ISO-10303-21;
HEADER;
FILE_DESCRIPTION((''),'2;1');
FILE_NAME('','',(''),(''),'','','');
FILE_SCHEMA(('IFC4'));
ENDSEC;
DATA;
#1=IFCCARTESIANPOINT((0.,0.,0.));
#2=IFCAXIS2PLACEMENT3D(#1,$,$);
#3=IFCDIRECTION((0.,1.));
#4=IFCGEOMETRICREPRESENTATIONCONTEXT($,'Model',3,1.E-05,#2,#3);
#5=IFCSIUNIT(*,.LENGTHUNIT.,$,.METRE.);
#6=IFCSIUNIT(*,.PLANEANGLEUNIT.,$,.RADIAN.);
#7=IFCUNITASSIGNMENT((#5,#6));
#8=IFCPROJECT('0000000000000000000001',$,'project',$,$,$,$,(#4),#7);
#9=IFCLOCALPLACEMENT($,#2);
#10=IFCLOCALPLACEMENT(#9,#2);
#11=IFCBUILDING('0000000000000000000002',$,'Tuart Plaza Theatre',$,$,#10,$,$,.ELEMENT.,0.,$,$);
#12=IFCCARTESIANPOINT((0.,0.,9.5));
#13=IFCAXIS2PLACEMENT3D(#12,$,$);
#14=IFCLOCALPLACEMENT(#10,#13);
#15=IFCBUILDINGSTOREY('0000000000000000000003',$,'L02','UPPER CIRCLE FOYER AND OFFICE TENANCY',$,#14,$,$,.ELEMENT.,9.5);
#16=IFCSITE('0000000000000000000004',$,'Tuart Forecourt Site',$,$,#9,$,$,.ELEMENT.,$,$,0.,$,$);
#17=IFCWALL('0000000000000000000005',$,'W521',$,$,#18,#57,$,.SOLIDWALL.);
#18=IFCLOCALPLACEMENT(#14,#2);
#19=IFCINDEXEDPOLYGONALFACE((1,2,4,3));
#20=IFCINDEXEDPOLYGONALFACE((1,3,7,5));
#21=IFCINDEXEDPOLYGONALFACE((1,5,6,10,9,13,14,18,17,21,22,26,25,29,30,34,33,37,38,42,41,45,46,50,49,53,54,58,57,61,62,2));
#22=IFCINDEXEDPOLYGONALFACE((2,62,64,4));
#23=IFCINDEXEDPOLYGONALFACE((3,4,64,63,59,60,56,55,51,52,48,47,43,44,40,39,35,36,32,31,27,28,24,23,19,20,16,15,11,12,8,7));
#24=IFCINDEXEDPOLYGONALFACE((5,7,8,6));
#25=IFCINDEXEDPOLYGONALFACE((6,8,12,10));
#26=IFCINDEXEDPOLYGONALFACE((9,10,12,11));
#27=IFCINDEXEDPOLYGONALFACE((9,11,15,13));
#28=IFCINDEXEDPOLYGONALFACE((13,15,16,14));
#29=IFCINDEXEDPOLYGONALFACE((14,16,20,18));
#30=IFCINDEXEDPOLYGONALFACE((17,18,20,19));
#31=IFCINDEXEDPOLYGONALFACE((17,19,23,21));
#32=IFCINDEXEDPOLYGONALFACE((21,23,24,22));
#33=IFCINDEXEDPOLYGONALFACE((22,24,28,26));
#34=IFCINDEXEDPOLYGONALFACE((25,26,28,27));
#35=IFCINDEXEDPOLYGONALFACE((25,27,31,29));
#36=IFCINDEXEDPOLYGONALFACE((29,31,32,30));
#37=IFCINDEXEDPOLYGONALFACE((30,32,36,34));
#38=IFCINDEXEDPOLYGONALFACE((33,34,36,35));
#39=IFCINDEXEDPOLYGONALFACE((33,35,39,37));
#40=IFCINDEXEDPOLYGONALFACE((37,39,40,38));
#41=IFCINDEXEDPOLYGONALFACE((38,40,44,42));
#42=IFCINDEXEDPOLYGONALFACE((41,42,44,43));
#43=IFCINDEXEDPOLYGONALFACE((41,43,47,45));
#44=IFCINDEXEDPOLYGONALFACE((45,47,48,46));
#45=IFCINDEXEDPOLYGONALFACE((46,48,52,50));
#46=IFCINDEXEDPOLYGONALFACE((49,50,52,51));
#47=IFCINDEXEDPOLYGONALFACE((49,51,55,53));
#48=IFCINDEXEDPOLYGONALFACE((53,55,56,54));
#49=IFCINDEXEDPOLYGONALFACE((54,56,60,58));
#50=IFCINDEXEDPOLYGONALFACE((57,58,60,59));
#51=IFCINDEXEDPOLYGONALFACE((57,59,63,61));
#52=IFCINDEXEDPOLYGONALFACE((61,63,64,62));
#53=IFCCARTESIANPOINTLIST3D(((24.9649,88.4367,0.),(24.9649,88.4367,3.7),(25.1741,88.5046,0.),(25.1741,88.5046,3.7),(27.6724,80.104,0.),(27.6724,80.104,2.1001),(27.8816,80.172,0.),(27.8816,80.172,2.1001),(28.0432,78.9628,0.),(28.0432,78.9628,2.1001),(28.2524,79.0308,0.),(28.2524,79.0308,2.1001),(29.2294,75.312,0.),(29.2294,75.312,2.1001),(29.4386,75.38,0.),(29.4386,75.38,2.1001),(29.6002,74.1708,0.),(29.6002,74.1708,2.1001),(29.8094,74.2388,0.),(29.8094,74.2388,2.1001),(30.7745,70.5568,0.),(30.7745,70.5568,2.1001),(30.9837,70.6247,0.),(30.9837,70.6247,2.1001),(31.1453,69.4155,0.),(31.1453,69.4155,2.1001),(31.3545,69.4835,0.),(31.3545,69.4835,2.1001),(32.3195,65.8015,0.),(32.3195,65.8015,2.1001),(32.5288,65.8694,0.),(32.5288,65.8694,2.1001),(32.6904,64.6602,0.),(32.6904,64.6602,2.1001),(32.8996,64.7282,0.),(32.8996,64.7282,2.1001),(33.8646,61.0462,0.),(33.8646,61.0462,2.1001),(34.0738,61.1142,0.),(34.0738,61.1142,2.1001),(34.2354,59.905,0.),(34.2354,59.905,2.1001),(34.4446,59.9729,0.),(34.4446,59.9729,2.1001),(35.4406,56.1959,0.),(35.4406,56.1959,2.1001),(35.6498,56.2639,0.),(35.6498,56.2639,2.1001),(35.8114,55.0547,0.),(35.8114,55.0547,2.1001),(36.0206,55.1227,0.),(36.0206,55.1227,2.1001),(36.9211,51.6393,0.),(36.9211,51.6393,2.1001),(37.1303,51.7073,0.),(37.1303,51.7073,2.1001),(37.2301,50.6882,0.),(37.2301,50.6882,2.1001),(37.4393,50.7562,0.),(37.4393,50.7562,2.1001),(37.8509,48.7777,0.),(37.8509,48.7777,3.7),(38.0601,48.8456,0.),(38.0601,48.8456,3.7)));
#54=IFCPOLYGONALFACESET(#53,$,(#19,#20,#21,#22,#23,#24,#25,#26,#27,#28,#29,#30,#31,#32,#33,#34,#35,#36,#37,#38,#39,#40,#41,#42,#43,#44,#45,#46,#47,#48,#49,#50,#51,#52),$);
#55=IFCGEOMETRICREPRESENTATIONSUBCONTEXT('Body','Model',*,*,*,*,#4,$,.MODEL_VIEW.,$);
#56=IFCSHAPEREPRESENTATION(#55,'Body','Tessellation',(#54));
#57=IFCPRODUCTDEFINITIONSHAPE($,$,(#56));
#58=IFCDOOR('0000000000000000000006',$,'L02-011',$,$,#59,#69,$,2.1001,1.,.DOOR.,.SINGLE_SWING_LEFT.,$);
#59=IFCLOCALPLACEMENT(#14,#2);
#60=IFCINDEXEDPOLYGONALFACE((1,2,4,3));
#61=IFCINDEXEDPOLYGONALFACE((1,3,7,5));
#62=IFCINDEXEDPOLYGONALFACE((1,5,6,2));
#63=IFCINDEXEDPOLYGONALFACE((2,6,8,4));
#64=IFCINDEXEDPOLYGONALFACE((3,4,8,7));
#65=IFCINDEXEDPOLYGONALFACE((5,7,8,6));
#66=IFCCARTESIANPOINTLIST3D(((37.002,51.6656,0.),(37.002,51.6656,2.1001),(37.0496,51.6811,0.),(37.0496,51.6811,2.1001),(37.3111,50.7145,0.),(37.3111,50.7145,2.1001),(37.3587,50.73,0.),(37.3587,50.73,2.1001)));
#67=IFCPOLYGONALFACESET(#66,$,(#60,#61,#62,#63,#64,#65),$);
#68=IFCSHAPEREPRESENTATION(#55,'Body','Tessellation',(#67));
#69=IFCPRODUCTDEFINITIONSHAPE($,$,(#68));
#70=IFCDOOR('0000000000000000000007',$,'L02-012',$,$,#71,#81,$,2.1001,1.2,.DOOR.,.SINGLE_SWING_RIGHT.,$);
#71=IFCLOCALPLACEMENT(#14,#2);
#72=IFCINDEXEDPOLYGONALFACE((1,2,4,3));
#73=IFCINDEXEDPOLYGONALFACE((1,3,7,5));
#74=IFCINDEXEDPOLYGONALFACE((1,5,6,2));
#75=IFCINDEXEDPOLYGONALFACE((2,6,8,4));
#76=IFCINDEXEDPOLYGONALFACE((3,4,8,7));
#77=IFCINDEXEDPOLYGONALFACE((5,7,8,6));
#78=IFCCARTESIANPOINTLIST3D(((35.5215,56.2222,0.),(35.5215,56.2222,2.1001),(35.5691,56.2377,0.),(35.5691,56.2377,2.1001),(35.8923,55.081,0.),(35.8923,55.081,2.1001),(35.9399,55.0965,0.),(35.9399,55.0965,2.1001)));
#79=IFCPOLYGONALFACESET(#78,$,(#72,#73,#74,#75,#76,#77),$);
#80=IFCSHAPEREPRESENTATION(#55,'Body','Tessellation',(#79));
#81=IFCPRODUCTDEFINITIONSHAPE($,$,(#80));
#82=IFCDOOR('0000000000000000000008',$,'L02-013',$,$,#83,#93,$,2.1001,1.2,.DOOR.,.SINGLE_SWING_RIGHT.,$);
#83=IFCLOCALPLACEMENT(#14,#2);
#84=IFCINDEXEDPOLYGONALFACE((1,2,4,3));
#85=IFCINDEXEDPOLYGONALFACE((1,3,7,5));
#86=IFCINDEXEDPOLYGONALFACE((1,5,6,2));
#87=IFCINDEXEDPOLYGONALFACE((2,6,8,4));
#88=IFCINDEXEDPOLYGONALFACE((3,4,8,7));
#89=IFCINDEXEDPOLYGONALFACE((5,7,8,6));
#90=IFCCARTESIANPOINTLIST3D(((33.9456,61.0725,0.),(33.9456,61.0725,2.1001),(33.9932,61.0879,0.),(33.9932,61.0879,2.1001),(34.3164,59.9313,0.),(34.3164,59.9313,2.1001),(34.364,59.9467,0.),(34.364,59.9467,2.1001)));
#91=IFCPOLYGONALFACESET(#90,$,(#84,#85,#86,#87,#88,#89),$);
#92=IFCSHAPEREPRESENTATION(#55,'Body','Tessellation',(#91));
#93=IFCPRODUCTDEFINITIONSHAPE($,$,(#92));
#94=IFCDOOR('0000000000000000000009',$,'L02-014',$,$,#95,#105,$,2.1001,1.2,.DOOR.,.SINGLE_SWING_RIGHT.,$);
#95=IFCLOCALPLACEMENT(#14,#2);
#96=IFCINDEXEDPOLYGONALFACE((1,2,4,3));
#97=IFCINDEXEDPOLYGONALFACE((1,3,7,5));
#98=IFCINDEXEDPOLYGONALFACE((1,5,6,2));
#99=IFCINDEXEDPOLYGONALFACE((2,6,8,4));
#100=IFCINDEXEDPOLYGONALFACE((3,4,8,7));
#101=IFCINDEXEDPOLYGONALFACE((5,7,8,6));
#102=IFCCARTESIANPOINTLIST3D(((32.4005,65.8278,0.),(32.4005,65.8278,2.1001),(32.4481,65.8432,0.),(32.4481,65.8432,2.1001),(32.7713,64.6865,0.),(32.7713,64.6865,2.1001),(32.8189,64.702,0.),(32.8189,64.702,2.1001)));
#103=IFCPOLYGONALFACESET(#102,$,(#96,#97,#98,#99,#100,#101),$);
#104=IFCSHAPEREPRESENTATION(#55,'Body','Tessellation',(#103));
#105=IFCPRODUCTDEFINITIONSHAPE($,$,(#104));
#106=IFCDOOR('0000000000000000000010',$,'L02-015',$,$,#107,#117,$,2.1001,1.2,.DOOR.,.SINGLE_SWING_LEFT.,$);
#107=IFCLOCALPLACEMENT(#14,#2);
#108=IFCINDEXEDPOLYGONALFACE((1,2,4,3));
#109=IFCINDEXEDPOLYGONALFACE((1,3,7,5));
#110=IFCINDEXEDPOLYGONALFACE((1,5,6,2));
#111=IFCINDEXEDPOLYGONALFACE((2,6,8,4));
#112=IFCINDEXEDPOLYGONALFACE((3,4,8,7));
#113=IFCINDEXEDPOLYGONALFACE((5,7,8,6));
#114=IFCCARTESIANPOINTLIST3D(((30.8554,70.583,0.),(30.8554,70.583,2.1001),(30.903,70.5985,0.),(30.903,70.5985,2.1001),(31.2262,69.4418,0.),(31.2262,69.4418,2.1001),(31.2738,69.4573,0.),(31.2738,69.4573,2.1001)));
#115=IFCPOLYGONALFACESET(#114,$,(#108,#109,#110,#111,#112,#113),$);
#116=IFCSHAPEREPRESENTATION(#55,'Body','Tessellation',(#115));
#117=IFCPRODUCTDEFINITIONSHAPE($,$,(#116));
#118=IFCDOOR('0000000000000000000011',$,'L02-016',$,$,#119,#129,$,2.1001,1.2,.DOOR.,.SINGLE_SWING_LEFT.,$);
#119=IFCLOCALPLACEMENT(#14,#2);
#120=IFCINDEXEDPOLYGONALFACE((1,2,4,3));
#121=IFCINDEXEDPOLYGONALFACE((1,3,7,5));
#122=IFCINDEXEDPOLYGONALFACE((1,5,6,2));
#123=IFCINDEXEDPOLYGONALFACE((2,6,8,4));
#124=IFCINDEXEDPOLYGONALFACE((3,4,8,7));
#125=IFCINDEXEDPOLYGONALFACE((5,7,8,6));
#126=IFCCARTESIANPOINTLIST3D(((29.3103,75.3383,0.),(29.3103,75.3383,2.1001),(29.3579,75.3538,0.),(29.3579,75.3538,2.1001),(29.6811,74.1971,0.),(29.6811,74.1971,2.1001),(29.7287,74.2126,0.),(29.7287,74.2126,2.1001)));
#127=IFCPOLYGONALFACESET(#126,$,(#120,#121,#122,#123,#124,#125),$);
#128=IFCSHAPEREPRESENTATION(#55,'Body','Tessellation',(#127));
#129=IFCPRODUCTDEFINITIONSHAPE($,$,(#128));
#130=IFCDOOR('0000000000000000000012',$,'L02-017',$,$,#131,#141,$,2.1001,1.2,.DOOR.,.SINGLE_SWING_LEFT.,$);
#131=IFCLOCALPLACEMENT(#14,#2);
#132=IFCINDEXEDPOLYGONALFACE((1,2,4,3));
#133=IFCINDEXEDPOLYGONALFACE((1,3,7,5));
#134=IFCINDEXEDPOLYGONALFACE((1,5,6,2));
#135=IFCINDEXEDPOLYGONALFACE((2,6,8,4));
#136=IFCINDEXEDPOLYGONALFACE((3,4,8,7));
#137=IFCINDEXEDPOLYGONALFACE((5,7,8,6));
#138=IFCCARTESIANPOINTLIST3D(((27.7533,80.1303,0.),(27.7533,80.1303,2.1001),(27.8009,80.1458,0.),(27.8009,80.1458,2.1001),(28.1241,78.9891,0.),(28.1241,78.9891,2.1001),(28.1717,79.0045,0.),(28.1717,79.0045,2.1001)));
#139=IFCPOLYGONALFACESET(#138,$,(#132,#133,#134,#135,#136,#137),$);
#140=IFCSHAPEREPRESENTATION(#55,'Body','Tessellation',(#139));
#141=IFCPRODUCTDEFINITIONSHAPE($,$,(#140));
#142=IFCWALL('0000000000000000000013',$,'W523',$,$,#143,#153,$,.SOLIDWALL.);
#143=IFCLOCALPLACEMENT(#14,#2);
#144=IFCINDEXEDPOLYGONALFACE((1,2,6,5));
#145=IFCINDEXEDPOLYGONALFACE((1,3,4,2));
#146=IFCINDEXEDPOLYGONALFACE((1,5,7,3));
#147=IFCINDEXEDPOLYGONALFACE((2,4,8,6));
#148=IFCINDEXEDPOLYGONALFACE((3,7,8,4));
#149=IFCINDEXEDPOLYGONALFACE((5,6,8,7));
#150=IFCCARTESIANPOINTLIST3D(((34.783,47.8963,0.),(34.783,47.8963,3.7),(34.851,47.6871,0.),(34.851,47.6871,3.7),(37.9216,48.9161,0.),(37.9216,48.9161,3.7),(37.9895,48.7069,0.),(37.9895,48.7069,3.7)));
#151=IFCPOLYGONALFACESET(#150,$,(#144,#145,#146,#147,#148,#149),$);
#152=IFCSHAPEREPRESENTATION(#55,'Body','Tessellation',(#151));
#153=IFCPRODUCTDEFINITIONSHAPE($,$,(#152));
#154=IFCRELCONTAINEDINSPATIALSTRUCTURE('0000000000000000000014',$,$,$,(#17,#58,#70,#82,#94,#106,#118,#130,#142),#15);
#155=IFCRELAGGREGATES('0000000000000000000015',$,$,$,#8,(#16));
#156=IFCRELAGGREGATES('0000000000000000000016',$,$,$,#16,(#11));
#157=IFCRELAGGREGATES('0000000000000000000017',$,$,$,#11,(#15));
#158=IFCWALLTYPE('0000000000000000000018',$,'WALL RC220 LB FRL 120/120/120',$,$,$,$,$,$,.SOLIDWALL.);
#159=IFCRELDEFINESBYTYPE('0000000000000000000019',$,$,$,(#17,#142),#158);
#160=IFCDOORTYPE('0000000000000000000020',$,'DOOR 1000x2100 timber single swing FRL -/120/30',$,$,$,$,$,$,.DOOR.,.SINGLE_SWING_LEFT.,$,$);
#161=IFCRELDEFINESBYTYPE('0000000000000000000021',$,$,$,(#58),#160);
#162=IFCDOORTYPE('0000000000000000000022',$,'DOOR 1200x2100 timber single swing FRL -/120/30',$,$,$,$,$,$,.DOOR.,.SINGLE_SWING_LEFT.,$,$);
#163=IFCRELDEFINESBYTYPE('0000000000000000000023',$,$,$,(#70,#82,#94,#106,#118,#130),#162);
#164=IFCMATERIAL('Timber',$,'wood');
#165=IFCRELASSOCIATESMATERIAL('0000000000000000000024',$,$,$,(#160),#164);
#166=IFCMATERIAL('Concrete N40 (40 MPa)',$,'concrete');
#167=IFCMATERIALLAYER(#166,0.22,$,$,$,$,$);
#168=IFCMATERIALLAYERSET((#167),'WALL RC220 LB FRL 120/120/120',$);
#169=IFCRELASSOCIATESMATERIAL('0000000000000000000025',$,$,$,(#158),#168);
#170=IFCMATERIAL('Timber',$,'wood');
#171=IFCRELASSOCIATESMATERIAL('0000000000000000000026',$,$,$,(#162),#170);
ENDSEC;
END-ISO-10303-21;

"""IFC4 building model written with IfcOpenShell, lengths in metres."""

from ifc_helpers import new_model, si_unit, direction, frame, frame_2d, origin, place, context, subcontext, project, spatial, rectangle, extrude, material, layer, layer_set, type_object, element, fill, save


model = new_model("IFC4")

# Units and contexts
model_context = context("Model", 3, precision=1e-05, world=origin(), true_north=direction((0.0, 1.0)))
body_context = subcontext(model_context, "Body", "Model", "MODEL_VIEW")
ifc_project = project(units=[si_unit("LENGTHUNIT", "METRE"), si_unit("PLANEANGLEUNIT", "RADIAN")], contexts=[model_context])

# Site, building, storey
site_placement = place(None, origin())
site = spatial("IfcSite", under=ifc_project, at=site_placement, Name="Tuart Forecourt Site", CompositionType="ELEMENT", RefElevation=0.0)
building_placement = place(site_placement, origin())
building = spatial("IfcBuilding", under=site, at=building_placement, Name="Tuart Plaza Theatre", CompositionType="ELEMENT", ElevationOfRefHeight=0.0)
storey_placement = place(building_placement, frame((0.0, 0.0, 9.5)))
storey = spatial("IfcBuildingStorey", under=building, at=storey_placement, Name="L02", Description="UPPER CIRCLE FOYER AND OFFICE TENANCY", CompositionType="ELEMENT", Elevation=9.5)

# Shared definitions
ifc_material_1 = material(Name="Timber", Category="wood")
door_type_1 = type_object("IfcDoorType", Name="DOOR 1000x2100 timber single swing FRL -/120/30", OperationType="SINGLE_SWING_LEFT", PredefinedType="DOOR", material=ifc_material_1)

# Wall, openings, doors
ifc_material_2 = material(Name="Concrete N40 (40 MPa)", Category="concrete")
ifc_layer_1 = layer(ifc_material_2, 0.22)
ifc_layer_set_1 = layer_set([ifc_layer_1], Name="WALL RC220 LB FRL 120/120/120")
wall_type_1 = type_object("IfcWallType", Name="WALL RC220 LB FRL 120/120/120", PredefinedType="SOLIDWALL", material=ifc_layer_set_1)
wall_1_placement = place(storey_placement, frame((37.9556, 48.8115, 0.0), z_axis=(0.0, 0.0, 1.0), x_axis=(-0.309017, 0.951056, 0.0)))
wall_1 = element("IfcWall", 1, at=wall_1_placement, inside=storey, type_object=wall_type_1, Name="W521", PredefinedType="SOLIDWALL", context=body_context, shape_type="SweptSolid", body=[
    extrude(rectangle(XDim=41.7, YDim=0.22, at=frame_2d((20.8501, 0.0))), origin(), (0.0, 0.0, 1.0), 3.7),
])
opening_1_placement = place(wall_1_placement, frame((2.009, 0.0, 0.0)))
opening_1 = element("IfcOpeningElement", 2, at=opening_1_placement, cuts=wall_1, PredefinedType="OPENING", context=body_context, shape_type="SweptSolid", body=[
    extrude(rectangle(XDim=1.0, YDim=2.1001, at=frame_2d((0.5, 1.05))), frame((0.0, 0.1199, 0.0), z_axis=(0.0, -1.0, 0.0), x_axis=(1.0, 0.0, 0.0)), (0.0, 0.0, 1.0), 0.24),
])
opening_2_placement = place(wall_1_placement, frame((6.6001, 0.0, 0.0)))
opening_2 = element("IfcOpeningElement", 3, at=opening_2_placement, cuts=wall_1, PredefinedType="OPENING", context=body_context, shape_type="SweptSolid", body=[
    extrude(rectangle(XDim=1.2, YDim=2.1001, at=frame_2d((0.6001, 1.05))), frame((0.0, 0.1199, 0.0), z_axis=(0.0, -1.0, 0.0), x_axis=(1.0, 0.0, 0.0)), (0.0, 0.0, 1.0), 0.24),
])
opening_3_placement = place(wall_1_placement, frame((11.7, 0.0, 0.0)))
opening_3 = element("IfcOpeningElement", 4, at=opening_3_placement, cuts=wall_1, PredefinedType="OPENING", context=body_context, shape_type="SweptSolid", body=[
    extrude(rectangle(XDim=1.2, YDim=2.1001, at=frame_2d((0.6001, 1.05))), frame((0.0, 0.1199, 0.0), z_axis=(0.0, -1.0, 0.0), x_axis=(1.0, 0.0, 0.0)), (0.0, 0.0, 1.0), 0.24),
])
opening_4_placement = place(wall_1_placement, frame((16.7, 0.0, 0.0)))
opening_4 = element("IfcOpeningElement", 5, at=opening_4_placement, cuts=wall_1, PredefinedType="OPENING", context=body_context, shape_type="SweptSolid", body=[
    extrude(rectangle(XDim=1.2, YDim=2.1001, at=frame_2d((0.6001, 1.05))), frame((0.0, 0.1199, 0.0), z_axis=(0.0, -1.0, 0.0), x_axis=(1.0, 0.0, 0.0)), (0.0, 0.0, 1.0), 0.24),
])
opening_5_placement = place(wall_1_placement, frame((21.7, 0.0, 0.0)))
opening_5 = element("IfcOpeningElement", 6, at=opening_5_placement, cuts=wall_1, PredefinedType="OPENING", context=body_context, shape_type="SweptSolid", body=[
    extrude(rectangle(XDim=1.2, YDim=2.1001, at=frame_2d((0.6001, 1.05))), frame((0.0, 0.1199, 0.0), z_axis=(0.0, -1.0, 0.0), x_axis=(1.0, 0.0, 0.0)), (0.0, 0.0, 1.0), 0.24),
])
opening_6_placement = place(wall_1_placement, frame((26.7, 0.0, 0.0)))
opening_6 = element("IfcOpeningElement", 7, at=opening_6_placement, cuts=wall_1, PredefinedType="OPENING", context=body_context, shape_type="SweptSolid", body=[
    extrude(rectangle(XDim=1.2, YDim=2.1001, at=frame_2d((0.6001, 1.05))), frame((0.0, 0.1199, 0.0), z_axis=(0.0, -1.0, 0.0), x_axis=(1.0, 0.0, 0.0)), (0.0, 0.0, 1.0), 0.24),
])
opening_7_placement = place(wall_1_placement, frame((31.7385, 0.0, 0.0)))
opening_7 = element("IfcOpeningElement", 8, at=opening_7_placement, cuts=wall_1, PredefinedType="OPENING", context=body_context, shape_type="SweptSolid", body=[
    extrude(rectangle(XDim=1.2, YDim=2.1001, at=frame_2d((0.6001, 1.05))), frame((0.0, 0.1199, 0.0), z_axis=(0.0, -1.0, 0.0), x_axis=(1.0, 0.0, 0.0)), (0.0, 0.0, 1.0), 0.24),
])
door_1_placement = place(opening_1_placement, origin())
door_1 = element("IfcDoor", 9, at=door_1_placement, inside=storey, type_object=door_type_1, Name="L02-011", OperationType="SINGLE_SWING_LEFT", OverallHeight=2.1001, OverallWidth=1.0, PredefinedType="DOOR", context=body_context, shape_type="SweptSolid", body=[
    extrude(rectangle(XDim=1.0, YDim=2.1001, at=frame_2d((0.5, 1.05))), frame((0.0, 0.0249, 0.0), z_axis=(0.0, -1.0, 0.0), x_axis=(1.0, 0.0, 0.0)), (0.0, 0.0, 1.0), 0.05),
])
fill(opening_1, door_1)
ifc_material_3 = material(Name="Timber", Category="wood")
door_type_2 = type_object("IfcDoorType", Name="DOOR 1200x2100 timber single swing FRL -/120/30", OperationType="SINGLE_SWING_LEFT", PredefinedType="DOOR", material=ifc_material_3)
door_2_placement = place(opening_2_placement, origin())
door_2 = element("IfcDoor", 10, at=door_2_placement, inside=storey, type_object=door_type_2, Name="L02-012", OperationType="SINGLE_SWING_RIGHT", OverallHeight=2.1001, OverallWidth=1.2, PredefinedType="DOOR", context=body_context, shape_type="SweptSolid", body=[
    extrude(rectangle(XDim=1.2, YDim=2.1001, at=frame_2d((0.6001, 1.05))), frame((0.0, 0.0249, 0.0), z_axis=(0.0, -1.0, 0.0), x_axis=(1.0, 0.0, 0.0)), (0.0, 0.0, 1.0), 0.05),
])
fill(opening_2, door_2)
door_3_placement = place(opening_3_placement, origin())
door_3 = element("IfcDoor", 11, at=door_3_placement, inside=storey, type_object=door_type_2, Name="L02-013", OperationType="SINGLE_SWING_RIGHT", OverallHeight=2.1001, OverallWidth=1.2, PredefinedType="DOOR", context=body_context, shape_type="SweptSolid", body=[
    extrude(rectangle(XDim=1.2, YDim=2.1001, at=frame_2d((0.6001, 1.05))), frame((0.0, 0.0249, 0.0), z_axis=(0.0, -1.0, 0.0), x_axis=(1.0, 0.0, 0.0)), (0.0, 0.0, 1.0), 0.05),
])
fill(opening_3, door_3)
door_4_placement = place(opening_4_placement, origin())
door_4 = element("IfcDoor", 12, at=door_4_placement, inside=storey, type_object=door_type_2, Name="L02-014", OperationType="SINGLE_SWING_RIGHT", OverallHeight=2.1001, OverallWidth=1.2, PredefinedType="DOOR", context=body_context, shape_type="SweptSolid", body=[
    extrude(rectangle(XDim=1.2, YDim=2.1001, at=frame_2d((0.6001, 1.05))), frame((0.0, 0.0249, 0.0), z_axis=(0.0, -1.0, 0.0), x_axis=(1.0, 0.0, 0.0)), (0.0, 0.0, 1.0), 0.05),
])
fill(opening_4, door_4)
door_5_placement = place(opening_5_placement, origin())
door_5 = element("IfcDoor", 13, at=door_5_placement, inside=storey, type_object=door_type_2, Name="L02-015", OperationType="SINGLE_SWING_LEFT", OverallHeight=2.1001, OverallWidth=1.2, PredefinedType="DOOR", context=body_context, shape_type="SweptSolid", body=[
    extrude(rectangle(XDim=1.2, YDim=2.1001, at=frame_2d((0.6001, 1.05))), frame((0.0, 0.0249, 0.0), z_axis=(0.0, -1.0, 0.0), x_axis=(1.0, 0.0, 0.0)), (0.0, 0.0, 1.0), 0.05),
])
fill(opening_5, door_5)
door_6_placement = place(opening_6_placement, origin())
door_6 = element("IfcDoor", 14, at=door_6_placement, inside=storey, type_object=door_type_2, Name="L02-016", OperationType="SINGLE_SWING_LEFT", OverallHeight=2.1001, OverallWidth=1.2, PredefinedType="DOOR", context=body_context, shape_type="SweptSolid", body=[
    extrude(rectangle(XDim=1.2, YDim=2.1001, at=frame_2d((0.6001, 1.05))), frame((0.0, 0.0249, 0.0), z_axis=(0.0, -1.0, 0.0), x_axis=(1.0, 0.0, 0.0)), (0.0, 0.0, 1.0), 0.05),
])
fill(opening_6, door_6)
door_7_placement = place(opening_7_placement, origin())
door_7 = element("IfcDoor", 15, at=door_7_placement, inside=storey, type_object=door_type_2, Name="L02-017", OperationType="SINGLE_SWING_LEFT", OverallHeight=2.1001, OverallWidth=1.2, PredefinedType="DOOR", context=body_context, shape_type="SweptSolid", body=[
    extrude(rectangle(XDim=1.2, YDim=2.1001, at=frame_2d((0.6001, 1.05))), frame((0.0, 0.0249, 0.0), z_axis=(0.0, -1.0, 0.0), x_axis=(1.0, 0.0, 0.0)), (0.0, 0.0, 1.0), 0.05),
])
fill(opening_7, door_7)

# Wall
wall_2_placement = place(storey_placement, frame((34.8171, 47.7917, 0.0), z_axis=(0.0, 0.0, 1.0), x_axis=(0.951053, 0.309028, 0.0)))
element("IfcWall", 16, at=wall_2_placement, inside=storey, type_object=wall_type_1, Name="W523", PredefinedType="SOLIDWALL", context=body_context, shape_type="SweptSolid", body=[
    extrude(rectangle(XDim=3.3, YDim=0.22, at=frame_2d((1.6499, 0.0))), origin(), (0.0, 0.0, 1.0), 3.7),
])

save(model, "model.ifc")
